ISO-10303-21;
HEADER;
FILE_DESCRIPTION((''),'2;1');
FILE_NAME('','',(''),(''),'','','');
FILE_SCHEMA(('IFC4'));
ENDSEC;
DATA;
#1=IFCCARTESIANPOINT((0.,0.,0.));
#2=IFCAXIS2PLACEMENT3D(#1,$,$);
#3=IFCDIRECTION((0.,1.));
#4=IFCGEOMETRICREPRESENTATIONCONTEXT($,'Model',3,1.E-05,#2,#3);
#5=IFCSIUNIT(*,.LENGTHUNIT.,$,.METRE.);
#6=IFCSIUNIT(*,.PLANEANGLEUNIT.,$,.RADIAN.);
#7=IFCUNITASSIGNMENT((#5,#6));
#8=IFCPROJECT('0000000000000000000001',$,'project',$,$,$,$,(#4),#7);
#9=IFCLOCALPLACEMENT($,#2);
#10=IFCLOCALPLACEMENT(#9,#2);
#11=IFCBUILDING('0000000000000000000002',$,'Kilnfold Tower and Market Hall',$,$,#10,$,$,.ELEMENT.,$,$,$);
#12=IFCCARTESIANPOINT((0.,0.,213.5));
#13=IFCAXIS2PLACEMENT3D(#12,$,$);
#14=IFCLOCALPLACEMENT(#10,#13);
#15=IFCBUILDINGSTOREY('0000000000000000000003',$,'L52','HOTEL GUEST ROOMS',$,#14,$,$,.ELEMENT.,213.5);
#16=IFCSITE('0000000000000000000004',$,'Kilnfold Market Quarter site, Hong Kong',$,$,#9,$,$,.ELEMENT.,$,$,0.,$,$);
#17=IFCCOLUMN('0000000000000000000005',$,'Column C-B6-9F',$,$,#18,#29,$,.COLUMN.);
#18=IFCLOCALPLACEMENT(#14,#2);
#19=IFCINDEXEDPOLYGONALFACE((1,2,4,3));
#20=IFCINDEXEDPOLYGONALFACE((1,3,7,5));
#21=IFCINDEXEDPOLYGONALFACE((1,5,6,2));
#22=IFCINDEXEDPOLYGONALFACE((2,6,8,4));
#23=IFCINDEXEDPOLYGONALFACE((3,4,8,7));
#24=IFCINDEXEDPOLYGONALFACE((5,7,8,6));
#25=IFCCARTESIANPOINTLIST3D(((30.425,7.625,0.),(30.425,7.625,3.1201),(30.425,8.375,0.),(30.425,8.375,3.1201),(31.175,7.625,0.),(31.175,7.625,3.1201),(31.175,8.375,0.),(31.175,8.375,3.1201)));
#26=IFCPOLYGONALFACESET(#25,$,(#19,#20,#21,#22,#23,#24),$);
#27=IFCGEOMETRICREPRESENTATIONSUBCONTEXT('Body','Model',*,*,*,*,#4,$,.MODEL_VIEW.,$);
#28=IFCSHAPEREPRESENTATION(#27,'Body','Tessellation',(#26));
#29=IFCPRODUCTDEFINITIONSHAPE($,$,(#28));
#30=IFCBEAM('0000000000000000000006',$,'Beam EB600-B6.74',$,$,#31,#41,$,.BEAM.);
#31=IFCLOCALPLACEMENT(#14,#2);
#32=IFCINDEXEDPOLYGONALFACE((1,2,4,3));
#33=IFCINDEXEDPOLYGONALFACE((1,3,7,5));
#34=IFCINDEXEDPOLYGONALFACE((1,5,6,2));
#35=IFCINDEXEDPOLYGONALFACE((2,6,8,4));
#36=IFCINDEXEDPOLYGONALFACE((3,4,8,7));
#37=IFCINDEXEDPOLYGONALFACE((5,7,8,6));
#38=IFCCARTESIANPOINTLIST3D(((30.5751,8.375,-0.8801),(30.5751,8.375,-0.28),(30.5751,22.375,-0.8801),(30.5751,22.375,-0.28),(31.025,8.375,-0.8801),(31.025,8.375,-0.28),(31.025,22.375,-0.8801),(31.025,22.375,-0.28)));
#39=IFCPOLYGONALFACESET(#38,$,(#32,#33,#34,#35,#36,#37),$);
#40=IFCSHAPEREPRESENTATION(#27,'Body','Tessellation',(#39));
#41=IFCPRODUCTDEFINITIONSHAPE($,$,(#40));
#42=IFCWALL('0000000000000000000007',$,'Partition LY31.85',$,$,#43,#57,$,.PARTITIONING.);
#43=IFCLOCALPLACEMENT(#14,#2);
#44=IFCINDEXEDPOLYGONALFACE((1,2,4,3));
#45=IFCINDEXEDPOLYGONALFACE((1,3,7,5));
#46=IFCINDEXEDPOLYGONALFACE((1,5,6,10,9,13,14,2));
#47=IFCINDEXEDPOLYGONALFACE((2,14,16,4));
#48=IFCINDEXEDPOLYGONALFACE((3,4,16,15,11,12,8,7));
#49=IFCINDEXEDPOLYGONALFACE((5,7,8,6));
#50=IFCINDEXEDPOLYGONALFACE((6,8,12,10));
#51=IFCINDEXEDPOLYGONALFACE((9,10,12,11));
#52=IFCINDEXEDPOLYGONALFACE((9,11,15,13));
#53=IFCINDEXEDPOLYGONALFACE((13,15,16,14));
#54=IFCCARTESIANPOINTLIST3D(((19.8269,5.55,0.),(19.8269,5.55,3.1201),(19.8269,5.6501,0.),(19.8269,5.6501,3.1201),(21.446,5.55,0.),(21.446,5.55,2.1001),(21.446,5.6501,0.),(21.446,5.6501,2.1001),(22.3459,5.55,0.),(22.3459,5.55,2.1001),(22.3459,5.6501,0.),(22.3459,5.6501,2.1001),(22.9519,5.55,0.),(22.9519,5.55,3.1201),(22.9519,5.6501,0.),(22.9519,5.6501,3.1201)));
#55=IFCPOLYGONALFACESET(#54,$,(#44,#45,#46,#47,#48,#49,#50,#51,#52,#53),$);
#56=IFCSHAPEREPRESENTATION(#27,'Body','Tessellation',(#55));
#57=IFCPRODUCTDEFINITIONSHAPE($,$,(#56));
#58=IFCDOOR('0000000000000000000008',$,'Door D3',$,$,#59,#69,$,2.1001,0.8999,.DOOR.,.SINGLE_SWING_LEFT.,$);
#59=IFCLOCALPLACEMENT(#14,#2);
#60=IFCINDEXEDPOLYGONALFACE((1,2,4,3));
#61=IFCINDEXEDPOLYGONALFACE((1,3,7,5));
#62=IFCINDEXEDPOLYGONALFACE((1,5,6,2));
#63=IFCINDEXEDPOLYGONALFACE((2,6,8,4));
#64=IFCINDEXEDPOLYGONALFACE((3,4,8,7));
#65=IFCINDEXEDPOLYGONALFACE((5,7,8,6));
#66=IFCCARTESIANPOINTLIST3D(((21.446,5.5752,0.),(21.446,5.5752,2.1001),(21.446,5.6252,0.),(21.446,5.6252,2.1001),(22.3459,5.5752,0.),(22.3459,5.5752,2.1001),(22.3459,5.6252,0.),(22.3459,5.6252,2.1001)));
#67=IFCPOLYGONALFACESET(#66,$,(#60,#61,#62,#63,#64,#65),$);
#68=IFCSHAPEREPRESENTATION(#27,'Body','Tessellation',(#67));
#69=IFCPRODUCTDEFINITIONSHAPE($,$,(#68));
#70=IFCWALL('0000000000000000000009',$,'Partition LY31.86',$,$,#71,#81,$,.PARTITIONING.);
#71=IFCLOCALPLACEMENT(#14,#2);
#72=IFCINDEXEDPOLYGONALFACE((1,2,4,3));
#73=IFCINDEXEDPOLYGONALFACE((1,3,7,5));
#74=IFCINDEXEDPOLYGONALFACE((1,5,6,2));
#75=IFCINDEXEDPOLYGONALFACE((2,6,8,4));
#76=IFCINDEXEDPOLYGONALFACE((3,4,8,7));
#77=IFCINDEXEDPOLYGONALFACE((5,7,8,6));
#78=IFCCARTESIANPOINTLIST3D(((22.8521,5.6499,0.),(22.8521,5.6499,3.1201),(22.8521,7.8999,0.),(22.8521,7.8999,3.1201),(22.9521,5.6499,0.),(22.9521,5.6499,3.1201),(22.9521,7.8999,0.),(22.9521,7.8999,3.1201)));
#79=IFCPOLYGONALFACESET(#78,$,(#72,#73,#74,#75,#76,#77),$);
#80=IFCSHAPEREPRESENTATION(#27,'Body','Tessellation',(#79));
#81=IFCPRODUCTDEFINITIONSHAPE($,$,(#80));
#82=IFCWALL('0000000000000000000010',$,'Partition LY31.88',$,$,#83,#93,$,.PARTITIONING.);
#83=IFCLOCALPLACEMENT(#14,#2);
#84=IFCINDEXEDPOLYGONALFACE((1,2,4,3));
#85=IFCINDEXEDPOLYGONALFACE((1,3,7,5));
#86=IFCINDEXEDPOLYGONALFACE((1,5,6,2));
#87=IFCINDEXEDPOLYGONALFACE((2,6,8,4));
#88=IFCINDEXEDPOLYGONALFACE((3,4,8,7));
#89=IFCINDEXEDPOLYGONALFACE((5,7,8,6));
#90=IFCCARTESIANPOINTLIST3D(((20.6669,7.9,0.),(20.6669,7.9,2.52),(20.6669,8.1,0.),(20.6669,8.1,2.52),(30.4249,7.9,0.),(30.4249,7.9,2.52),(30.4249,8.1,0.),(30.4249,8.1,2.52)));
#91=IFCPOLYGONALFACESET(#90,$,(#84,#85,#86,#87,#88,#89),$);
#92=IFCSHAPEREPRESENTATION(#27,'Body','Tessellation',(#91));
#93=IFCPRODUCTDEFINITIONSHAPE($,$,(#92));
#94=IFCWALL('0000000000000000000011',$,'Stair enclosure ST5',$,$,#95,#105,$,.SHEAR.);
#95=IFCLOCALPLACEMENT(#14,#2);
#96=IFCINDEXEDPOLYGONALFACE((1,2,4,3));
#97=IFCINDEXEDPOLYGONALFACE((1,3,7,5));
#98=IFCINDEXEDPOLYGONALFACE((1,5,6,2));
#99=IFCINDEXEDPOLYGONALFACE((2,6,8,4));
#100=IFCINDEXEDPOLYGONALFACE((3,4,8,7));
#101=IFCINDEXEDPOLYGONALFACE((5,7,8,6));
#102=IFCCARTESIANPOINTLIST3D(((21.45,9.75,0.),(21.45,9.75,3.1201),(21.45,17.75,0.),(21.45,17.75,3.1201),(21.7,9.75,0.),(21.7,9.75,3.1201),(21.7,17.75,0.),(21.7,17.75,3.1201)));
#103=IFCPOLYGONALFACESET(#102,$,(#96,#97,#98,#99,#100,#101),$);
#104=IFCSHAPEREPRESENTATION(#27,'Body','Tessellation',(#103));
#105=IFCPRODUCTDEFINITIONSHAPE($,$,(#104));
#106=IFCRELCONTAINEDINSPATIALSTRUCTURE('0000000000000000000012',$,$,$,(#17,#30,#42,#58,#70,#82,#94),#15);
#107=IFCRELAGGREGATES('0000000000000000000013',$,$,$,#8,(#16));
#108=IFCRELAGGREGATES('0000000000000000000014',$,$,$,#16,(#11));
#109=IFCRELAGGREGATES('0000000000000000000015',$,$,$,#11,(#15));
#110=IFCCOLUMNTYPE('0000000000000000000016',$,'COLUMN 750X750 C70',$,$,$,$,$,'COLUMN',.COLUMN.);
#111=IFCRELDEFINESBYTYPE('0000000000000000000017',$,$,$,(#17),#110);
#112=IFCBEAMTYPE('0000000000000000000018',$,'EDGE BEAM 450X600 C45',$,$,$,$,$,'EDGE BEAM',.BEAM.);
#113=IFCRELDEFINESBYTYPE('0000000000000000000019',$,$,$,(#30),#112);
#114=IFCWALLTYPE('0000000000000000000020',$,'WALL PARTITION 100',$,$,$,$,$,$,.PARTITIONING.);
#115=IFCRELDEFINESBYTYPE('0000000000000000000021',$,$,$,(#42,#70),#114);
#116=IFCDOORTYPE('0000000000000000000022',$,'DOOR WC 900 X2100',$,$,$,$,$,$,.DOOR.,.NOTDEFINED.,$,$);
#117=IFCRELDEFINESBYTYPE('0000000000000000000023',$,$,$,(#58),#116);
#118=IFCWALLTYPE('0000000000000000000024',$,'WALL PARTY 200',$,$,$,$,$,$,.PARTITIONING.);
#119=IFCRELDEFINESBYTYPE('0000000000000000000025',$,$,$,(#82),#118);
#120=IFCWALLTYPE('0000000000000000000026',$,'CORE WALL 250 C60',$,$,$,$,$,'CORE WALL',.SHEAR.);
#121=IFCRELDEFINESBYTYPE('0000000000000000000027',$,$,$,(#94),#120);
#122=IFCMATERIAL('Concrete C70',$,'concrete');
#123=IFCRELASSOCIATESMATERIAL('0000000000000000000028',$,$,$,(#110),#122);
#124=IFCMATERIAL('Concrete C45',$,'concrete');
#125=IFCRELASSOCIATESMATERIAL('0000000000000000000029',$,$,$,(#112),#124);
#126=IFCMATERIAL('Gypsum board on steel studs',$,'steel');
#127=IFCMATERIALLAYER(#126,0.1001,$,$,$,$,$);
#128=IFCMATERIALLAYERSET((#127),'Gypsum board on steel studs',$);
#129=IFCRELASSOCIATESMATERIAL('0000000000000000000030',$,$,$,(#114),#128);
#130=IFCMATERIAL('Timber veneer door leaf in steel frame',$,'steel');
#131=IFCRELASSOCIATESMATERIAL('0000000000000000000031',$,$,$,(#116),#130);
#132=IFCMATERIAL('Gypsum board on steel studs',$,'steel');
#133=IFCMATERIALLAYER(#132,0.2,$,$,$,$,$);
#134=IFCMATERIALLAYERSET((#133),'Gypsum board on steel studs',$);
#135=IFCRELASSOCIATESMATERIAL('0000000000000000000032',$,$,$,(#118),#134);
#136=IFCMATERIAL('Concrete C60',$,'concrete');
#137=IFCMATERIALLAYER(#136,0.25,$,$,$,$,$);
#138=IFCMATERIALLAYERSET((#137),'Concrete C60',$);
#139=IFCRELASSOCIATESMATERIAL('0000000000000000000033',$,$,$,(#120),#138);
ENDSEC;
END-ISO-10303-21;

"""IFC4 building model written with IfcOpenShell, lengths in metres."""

from ifc_helpers import new_model, si_unit, direction, frame, frame_2d, origin, origin_2d, place, context, subcontext, project, spatial, rectangle, extrude, source, transform, mapped, material, layer, layer_set, material_profile, profile_set, type_object, element, fill, save


model = new_model("IFC4")

# Units and contexts
model_context = context("Model", 3, precision=1e-05, world=origin(), true_north=direction((0.0, 1.0)))
body_context = subcontext(model_context, "Body", "Model", "MODEL_VIEW")
ifc_project = project(units=[si_unit("LENGTHUNIT", "METRE"), si_unit("PLANEANGLEUNIT", "RADIAN")], contexts=[model_context])

# Site, building, storey
site_placement = place(None, origin())
site = spatial("IfcSite", under=ifc_project, at=site_placement, Name="Kilnfold Market Quarter site, Hong Kong", CompositionType="ELEMENT", RefElevation=0.0)
building_placement = place(site_placement, origin())
building = spatial("IfcBuilding", under=site, at=building_placement, Name="Kilnfold Tower and Market Hall", CompositionType="ELEMENT")
storey_placement = place(building_placement, frame((0.0, 0.0, 213.5)))
storey = spatial("IfcBuildingStorey", under=building, at=storey_placement, Name="L52", Description="HOTEL GUEST ROOMS", CompositionType="ELEMENT", Elevation=213.5)

# Column
ifc_material_1 = material(Name="Concrete C70", Category="concrete")
ifc_material_profile_1 = material_profile(ifc_material_1, rectangle(XDim=0.75, YDim=0.75, at=origin_2d()), Name="RC 750x750")
ifc_profile_set_1 = profile_set([ifc_material_profile_1], Name="Concrete C70")
column_type = type_object("IfcColumnType", Name="COLUMN 750X750 C70", ElementType="COLUMN", PredefinedType="COLUMN", material=ifc_profile_set_1)
shared_shape_1 = source(origin(), body_context, "Body", "SweptSolid", [
    extrude(rectangle(XDim=0.75, YDim=0.75, at=origin_2d()), origin(), (0.0, 0.0, 1.0), 3.1201),
])
column_placement = place(storey_placement, frame((30.8, 8.0, 0.0), z_axis=(0.0, 0.0, 1.0), x_axis=(1.0, 0.0, 0.0)))
element("IfcColumn", 1, at=column_placement, inside=storey, type_object=column_type, Name="Column C-B6-9F", PredefinedType="COLUMN", context=body_context, shape_type="MappedRepresentation", body=[
    mapped(shared_shape_1, transform((0.0, 0.0, 0.0))),
])

# Beam
ifc_material_2 = material(Name="Concrete C45", Category="concrete")
ifc_material_profile_2 = material_profile(ifc_material_2, rectangle(XDim=0.45, YDim=0.6001, at=origin_2d()), Name="RC 450x600")
ifc_profile_set_2 = profile_set([ifc_material_profile_2], Name="Concrete C45")
beam_type = type_object("IfcBeamType", Name="EDGE BEAM 450X600 C45", ElementType="EDGE BEAM", PredefinedType="BEAM", material=ifc_profile_set_2)
shared_shape_2 = source(origin(), body_context, "Body", "SweptSolid", [
    extrude(rectangle(XDim=0.45, YDim=0.6001, at=origin_2d()), origin(), (0.0, 0.0, 1.0), 14.0),
])
beam_placement = place(storey_placement, frame((30.8, 8.375, -0.5801), z_axis=(0.0, 1.0, 0.0), x_axis=(-1.0, 0.0, 0.0)))
element("IfcBeam", 2, at=beam_placement, inside=storey, type_object=beam_type, Name="Beam EB600-B6.74", PredefinedType="BEAM", context=body_context, shape_type="MappedRepresentation", body=[
    mapped(shared_shape_2, transform((0.0, 0.0, 0.0))),
])

# Wall, opening, door
ifc_material_3 = material(Name="Gypsum board on steel studs", Category="steel")
ifc_layer_1 = layer(ifc_material_3, 0.1001)
ifc_layer_set_1 = layer_set([ifc_layer_1], Name="Gypsum board on steel studs")
wall_type_1 = type_object("IfcWallType", Name="WALL PARTITION 100", PredefinedType="PARTITIONING", material=ifc_layer_set_1)
wall_1_placement = place(storey_placement, frame((22.9519, 5.6001, 0.0), z_axis=(0.0, 0.0, 1.0), x_axis=(-1.0, 0.0, 0.0)))
wall_1 = element("IfcWall", 3, at=wall_1_placement, inside=storey, type_object=wall_type_1, Name="Partition LY31.85", PredefinedType="PARTITIONING", context=body_context, shape_type="SweptSolid", body=[
    extrude(rectangle(XDim=3.125, YDim=0.1001, at=frame_2d((1.5625, 0.0))), origin(), (0.0, 0.0, 1.0), 3.1201),
])
opening_1_placement = place(wall_1_placement, frame((0.606, 0.0, 0.0)))
opening_1 = element("IfcOpeningElement", 4, at=opening_1_placement, cuts=wall_1, PredefinedType="OPENING", context=body_context, shape_type="SweptSolid", body=[
    extrude(rectangle(XDim=0.8999, YDim=2.1001, at=frame_2d((0.45, 1.05))), frame((0.0, 0.0601, 0.0), z_axis=(0.0, -1.0, 0.0), x_axis=(1.0, 0.0, 0.0)), (0.0, 0.0, 1.0), 0.1201),
])
ifc_material_4 = material(Name="Timber veneer door leaf in steel frame", Category="steel")
door_type_1 = type_object("IfcDoorType", Name="DOOR WC 900 X2100", OperationType="NOTDEFINED", PredefinedType="DOOR", material=ifc_material_4)
door_1_placement = place(opening_1_placement, origin())
door_1 = element("IfcDoor", 5, at=door_1_placement, inside=storey, type_object=door_type_1, Name="Door D3", OperationType="SINGLE_SWING_LEFT", OverallHeight=2.1001, OverallWidth=0.8999, PredefinedType="DOOR", context=body_context, shape_type="SweptSolid", body=[
    extrude(rectangle(XDim=0.8999, YDim=2.1001, at=frame_2d((0.45, 1.05))), frame((0.0, 0.0249, 0.0), z_axis=(0.0, -1.0, 0.0), x_axis=(1.0, 0.0, 0.0)), (0.0, 0.0, 1.0), 0.05),
])
fill(opening_1, door_1)

# Walls
wall_2_placement = place(storey_placement, frame((22.9021, 5.6499, 0.0), z_axis=(0.0, 0.0, 1.0), x_axis=(0.0, 1.0, 0.0)))
element("IfcWall", 6, at=wall_2_placement, inside=storey, type_object=wall_type_1, Name="Partition LY31.86", PredefinedType="PARTITIONING", context=body_context, shape_type="SweptSolid", body=[
    extrude(rectangle(XDim=2.25, YDim=0.1001, at=frame_2d((1.125, 0.0))), origin(), (0.0, 0.0, 1.0), 3.1201),
])
ifc_material_5 = material(Name="Gypsum board on steel studs", Category="steel")
ifc_layer_2 = layer(ifc_material_5, 0.2)
ifc_layer_set_2 = layer_set([ifc_layer_2], Name="Gypsum board on steel studs")
wall_type_2 = type_object("IfcWallType", Name="WALL PARTY 200", PredefinedType="PARTITIONING", material=ifc_layer_set_2)
wall_3_placement = place(storey_placement, frame((20.667, 8.0, 0.0), z_axis=(0.0, 0.0, 1.0), x_axis=(1.0, 0.0, 0.0)))
element("IfcWall", 7, at=wall_3_placement, inside=storey, type_object=wall_type_2, Name="Partition LY31.88", PredefinedType="PARTITIONING", context=body_context, shape_type="SweptSolid", body=[
    extrude(rectangle(XDim=9.7581, YDim=0.2, at=frame_2d((4.8789, 0.0))), origin(), (0.0, 0.0, 1.0), 2.52),
])
ifc_material_6 = material(Name="Concrete C60", Category="concrete")
ifc_layer_3 = layer(ifc_material_6, 0.25)
ifc_layer_set_3 = layer_set([ifc_layer_3], Name="Concrete C60")
wall_type_3 = type_object("IfcWallType", Name="CORE WALL 250 C60", ElementType="CORE WALL", PredefinedType="SHEAR", material=ifc_layer_set_3)
shared_shape_3 = source(origin(), body_context, "Body", "SweptSolid", [
    extrude(rectangle(XDim=8.0, YDim=0.25, at=frame_2d((4.0, 0.0))), origin(), (0.0, 0.0, 1.0), 3.1201),
])
wall_4_placement = place(storey_placement, frame((21.575, 9.75, 0.0), z_axis=(0.0, 0.0, 1.0), x_axis=(0.0, 1.0, 0.0)))
element("IfcWall", 8, at=wall_4_placement, inside=storey, type_object=wall_type_3, Name="Stair enclosure ST5", PredefinedType="SHEAR", context=body_context, shape_type="MappedRepresentation", body=[
    mapped(shared_shape_3, transform((0.0, 0.0, 0.0))),
])

save(model, "model.ifc")
